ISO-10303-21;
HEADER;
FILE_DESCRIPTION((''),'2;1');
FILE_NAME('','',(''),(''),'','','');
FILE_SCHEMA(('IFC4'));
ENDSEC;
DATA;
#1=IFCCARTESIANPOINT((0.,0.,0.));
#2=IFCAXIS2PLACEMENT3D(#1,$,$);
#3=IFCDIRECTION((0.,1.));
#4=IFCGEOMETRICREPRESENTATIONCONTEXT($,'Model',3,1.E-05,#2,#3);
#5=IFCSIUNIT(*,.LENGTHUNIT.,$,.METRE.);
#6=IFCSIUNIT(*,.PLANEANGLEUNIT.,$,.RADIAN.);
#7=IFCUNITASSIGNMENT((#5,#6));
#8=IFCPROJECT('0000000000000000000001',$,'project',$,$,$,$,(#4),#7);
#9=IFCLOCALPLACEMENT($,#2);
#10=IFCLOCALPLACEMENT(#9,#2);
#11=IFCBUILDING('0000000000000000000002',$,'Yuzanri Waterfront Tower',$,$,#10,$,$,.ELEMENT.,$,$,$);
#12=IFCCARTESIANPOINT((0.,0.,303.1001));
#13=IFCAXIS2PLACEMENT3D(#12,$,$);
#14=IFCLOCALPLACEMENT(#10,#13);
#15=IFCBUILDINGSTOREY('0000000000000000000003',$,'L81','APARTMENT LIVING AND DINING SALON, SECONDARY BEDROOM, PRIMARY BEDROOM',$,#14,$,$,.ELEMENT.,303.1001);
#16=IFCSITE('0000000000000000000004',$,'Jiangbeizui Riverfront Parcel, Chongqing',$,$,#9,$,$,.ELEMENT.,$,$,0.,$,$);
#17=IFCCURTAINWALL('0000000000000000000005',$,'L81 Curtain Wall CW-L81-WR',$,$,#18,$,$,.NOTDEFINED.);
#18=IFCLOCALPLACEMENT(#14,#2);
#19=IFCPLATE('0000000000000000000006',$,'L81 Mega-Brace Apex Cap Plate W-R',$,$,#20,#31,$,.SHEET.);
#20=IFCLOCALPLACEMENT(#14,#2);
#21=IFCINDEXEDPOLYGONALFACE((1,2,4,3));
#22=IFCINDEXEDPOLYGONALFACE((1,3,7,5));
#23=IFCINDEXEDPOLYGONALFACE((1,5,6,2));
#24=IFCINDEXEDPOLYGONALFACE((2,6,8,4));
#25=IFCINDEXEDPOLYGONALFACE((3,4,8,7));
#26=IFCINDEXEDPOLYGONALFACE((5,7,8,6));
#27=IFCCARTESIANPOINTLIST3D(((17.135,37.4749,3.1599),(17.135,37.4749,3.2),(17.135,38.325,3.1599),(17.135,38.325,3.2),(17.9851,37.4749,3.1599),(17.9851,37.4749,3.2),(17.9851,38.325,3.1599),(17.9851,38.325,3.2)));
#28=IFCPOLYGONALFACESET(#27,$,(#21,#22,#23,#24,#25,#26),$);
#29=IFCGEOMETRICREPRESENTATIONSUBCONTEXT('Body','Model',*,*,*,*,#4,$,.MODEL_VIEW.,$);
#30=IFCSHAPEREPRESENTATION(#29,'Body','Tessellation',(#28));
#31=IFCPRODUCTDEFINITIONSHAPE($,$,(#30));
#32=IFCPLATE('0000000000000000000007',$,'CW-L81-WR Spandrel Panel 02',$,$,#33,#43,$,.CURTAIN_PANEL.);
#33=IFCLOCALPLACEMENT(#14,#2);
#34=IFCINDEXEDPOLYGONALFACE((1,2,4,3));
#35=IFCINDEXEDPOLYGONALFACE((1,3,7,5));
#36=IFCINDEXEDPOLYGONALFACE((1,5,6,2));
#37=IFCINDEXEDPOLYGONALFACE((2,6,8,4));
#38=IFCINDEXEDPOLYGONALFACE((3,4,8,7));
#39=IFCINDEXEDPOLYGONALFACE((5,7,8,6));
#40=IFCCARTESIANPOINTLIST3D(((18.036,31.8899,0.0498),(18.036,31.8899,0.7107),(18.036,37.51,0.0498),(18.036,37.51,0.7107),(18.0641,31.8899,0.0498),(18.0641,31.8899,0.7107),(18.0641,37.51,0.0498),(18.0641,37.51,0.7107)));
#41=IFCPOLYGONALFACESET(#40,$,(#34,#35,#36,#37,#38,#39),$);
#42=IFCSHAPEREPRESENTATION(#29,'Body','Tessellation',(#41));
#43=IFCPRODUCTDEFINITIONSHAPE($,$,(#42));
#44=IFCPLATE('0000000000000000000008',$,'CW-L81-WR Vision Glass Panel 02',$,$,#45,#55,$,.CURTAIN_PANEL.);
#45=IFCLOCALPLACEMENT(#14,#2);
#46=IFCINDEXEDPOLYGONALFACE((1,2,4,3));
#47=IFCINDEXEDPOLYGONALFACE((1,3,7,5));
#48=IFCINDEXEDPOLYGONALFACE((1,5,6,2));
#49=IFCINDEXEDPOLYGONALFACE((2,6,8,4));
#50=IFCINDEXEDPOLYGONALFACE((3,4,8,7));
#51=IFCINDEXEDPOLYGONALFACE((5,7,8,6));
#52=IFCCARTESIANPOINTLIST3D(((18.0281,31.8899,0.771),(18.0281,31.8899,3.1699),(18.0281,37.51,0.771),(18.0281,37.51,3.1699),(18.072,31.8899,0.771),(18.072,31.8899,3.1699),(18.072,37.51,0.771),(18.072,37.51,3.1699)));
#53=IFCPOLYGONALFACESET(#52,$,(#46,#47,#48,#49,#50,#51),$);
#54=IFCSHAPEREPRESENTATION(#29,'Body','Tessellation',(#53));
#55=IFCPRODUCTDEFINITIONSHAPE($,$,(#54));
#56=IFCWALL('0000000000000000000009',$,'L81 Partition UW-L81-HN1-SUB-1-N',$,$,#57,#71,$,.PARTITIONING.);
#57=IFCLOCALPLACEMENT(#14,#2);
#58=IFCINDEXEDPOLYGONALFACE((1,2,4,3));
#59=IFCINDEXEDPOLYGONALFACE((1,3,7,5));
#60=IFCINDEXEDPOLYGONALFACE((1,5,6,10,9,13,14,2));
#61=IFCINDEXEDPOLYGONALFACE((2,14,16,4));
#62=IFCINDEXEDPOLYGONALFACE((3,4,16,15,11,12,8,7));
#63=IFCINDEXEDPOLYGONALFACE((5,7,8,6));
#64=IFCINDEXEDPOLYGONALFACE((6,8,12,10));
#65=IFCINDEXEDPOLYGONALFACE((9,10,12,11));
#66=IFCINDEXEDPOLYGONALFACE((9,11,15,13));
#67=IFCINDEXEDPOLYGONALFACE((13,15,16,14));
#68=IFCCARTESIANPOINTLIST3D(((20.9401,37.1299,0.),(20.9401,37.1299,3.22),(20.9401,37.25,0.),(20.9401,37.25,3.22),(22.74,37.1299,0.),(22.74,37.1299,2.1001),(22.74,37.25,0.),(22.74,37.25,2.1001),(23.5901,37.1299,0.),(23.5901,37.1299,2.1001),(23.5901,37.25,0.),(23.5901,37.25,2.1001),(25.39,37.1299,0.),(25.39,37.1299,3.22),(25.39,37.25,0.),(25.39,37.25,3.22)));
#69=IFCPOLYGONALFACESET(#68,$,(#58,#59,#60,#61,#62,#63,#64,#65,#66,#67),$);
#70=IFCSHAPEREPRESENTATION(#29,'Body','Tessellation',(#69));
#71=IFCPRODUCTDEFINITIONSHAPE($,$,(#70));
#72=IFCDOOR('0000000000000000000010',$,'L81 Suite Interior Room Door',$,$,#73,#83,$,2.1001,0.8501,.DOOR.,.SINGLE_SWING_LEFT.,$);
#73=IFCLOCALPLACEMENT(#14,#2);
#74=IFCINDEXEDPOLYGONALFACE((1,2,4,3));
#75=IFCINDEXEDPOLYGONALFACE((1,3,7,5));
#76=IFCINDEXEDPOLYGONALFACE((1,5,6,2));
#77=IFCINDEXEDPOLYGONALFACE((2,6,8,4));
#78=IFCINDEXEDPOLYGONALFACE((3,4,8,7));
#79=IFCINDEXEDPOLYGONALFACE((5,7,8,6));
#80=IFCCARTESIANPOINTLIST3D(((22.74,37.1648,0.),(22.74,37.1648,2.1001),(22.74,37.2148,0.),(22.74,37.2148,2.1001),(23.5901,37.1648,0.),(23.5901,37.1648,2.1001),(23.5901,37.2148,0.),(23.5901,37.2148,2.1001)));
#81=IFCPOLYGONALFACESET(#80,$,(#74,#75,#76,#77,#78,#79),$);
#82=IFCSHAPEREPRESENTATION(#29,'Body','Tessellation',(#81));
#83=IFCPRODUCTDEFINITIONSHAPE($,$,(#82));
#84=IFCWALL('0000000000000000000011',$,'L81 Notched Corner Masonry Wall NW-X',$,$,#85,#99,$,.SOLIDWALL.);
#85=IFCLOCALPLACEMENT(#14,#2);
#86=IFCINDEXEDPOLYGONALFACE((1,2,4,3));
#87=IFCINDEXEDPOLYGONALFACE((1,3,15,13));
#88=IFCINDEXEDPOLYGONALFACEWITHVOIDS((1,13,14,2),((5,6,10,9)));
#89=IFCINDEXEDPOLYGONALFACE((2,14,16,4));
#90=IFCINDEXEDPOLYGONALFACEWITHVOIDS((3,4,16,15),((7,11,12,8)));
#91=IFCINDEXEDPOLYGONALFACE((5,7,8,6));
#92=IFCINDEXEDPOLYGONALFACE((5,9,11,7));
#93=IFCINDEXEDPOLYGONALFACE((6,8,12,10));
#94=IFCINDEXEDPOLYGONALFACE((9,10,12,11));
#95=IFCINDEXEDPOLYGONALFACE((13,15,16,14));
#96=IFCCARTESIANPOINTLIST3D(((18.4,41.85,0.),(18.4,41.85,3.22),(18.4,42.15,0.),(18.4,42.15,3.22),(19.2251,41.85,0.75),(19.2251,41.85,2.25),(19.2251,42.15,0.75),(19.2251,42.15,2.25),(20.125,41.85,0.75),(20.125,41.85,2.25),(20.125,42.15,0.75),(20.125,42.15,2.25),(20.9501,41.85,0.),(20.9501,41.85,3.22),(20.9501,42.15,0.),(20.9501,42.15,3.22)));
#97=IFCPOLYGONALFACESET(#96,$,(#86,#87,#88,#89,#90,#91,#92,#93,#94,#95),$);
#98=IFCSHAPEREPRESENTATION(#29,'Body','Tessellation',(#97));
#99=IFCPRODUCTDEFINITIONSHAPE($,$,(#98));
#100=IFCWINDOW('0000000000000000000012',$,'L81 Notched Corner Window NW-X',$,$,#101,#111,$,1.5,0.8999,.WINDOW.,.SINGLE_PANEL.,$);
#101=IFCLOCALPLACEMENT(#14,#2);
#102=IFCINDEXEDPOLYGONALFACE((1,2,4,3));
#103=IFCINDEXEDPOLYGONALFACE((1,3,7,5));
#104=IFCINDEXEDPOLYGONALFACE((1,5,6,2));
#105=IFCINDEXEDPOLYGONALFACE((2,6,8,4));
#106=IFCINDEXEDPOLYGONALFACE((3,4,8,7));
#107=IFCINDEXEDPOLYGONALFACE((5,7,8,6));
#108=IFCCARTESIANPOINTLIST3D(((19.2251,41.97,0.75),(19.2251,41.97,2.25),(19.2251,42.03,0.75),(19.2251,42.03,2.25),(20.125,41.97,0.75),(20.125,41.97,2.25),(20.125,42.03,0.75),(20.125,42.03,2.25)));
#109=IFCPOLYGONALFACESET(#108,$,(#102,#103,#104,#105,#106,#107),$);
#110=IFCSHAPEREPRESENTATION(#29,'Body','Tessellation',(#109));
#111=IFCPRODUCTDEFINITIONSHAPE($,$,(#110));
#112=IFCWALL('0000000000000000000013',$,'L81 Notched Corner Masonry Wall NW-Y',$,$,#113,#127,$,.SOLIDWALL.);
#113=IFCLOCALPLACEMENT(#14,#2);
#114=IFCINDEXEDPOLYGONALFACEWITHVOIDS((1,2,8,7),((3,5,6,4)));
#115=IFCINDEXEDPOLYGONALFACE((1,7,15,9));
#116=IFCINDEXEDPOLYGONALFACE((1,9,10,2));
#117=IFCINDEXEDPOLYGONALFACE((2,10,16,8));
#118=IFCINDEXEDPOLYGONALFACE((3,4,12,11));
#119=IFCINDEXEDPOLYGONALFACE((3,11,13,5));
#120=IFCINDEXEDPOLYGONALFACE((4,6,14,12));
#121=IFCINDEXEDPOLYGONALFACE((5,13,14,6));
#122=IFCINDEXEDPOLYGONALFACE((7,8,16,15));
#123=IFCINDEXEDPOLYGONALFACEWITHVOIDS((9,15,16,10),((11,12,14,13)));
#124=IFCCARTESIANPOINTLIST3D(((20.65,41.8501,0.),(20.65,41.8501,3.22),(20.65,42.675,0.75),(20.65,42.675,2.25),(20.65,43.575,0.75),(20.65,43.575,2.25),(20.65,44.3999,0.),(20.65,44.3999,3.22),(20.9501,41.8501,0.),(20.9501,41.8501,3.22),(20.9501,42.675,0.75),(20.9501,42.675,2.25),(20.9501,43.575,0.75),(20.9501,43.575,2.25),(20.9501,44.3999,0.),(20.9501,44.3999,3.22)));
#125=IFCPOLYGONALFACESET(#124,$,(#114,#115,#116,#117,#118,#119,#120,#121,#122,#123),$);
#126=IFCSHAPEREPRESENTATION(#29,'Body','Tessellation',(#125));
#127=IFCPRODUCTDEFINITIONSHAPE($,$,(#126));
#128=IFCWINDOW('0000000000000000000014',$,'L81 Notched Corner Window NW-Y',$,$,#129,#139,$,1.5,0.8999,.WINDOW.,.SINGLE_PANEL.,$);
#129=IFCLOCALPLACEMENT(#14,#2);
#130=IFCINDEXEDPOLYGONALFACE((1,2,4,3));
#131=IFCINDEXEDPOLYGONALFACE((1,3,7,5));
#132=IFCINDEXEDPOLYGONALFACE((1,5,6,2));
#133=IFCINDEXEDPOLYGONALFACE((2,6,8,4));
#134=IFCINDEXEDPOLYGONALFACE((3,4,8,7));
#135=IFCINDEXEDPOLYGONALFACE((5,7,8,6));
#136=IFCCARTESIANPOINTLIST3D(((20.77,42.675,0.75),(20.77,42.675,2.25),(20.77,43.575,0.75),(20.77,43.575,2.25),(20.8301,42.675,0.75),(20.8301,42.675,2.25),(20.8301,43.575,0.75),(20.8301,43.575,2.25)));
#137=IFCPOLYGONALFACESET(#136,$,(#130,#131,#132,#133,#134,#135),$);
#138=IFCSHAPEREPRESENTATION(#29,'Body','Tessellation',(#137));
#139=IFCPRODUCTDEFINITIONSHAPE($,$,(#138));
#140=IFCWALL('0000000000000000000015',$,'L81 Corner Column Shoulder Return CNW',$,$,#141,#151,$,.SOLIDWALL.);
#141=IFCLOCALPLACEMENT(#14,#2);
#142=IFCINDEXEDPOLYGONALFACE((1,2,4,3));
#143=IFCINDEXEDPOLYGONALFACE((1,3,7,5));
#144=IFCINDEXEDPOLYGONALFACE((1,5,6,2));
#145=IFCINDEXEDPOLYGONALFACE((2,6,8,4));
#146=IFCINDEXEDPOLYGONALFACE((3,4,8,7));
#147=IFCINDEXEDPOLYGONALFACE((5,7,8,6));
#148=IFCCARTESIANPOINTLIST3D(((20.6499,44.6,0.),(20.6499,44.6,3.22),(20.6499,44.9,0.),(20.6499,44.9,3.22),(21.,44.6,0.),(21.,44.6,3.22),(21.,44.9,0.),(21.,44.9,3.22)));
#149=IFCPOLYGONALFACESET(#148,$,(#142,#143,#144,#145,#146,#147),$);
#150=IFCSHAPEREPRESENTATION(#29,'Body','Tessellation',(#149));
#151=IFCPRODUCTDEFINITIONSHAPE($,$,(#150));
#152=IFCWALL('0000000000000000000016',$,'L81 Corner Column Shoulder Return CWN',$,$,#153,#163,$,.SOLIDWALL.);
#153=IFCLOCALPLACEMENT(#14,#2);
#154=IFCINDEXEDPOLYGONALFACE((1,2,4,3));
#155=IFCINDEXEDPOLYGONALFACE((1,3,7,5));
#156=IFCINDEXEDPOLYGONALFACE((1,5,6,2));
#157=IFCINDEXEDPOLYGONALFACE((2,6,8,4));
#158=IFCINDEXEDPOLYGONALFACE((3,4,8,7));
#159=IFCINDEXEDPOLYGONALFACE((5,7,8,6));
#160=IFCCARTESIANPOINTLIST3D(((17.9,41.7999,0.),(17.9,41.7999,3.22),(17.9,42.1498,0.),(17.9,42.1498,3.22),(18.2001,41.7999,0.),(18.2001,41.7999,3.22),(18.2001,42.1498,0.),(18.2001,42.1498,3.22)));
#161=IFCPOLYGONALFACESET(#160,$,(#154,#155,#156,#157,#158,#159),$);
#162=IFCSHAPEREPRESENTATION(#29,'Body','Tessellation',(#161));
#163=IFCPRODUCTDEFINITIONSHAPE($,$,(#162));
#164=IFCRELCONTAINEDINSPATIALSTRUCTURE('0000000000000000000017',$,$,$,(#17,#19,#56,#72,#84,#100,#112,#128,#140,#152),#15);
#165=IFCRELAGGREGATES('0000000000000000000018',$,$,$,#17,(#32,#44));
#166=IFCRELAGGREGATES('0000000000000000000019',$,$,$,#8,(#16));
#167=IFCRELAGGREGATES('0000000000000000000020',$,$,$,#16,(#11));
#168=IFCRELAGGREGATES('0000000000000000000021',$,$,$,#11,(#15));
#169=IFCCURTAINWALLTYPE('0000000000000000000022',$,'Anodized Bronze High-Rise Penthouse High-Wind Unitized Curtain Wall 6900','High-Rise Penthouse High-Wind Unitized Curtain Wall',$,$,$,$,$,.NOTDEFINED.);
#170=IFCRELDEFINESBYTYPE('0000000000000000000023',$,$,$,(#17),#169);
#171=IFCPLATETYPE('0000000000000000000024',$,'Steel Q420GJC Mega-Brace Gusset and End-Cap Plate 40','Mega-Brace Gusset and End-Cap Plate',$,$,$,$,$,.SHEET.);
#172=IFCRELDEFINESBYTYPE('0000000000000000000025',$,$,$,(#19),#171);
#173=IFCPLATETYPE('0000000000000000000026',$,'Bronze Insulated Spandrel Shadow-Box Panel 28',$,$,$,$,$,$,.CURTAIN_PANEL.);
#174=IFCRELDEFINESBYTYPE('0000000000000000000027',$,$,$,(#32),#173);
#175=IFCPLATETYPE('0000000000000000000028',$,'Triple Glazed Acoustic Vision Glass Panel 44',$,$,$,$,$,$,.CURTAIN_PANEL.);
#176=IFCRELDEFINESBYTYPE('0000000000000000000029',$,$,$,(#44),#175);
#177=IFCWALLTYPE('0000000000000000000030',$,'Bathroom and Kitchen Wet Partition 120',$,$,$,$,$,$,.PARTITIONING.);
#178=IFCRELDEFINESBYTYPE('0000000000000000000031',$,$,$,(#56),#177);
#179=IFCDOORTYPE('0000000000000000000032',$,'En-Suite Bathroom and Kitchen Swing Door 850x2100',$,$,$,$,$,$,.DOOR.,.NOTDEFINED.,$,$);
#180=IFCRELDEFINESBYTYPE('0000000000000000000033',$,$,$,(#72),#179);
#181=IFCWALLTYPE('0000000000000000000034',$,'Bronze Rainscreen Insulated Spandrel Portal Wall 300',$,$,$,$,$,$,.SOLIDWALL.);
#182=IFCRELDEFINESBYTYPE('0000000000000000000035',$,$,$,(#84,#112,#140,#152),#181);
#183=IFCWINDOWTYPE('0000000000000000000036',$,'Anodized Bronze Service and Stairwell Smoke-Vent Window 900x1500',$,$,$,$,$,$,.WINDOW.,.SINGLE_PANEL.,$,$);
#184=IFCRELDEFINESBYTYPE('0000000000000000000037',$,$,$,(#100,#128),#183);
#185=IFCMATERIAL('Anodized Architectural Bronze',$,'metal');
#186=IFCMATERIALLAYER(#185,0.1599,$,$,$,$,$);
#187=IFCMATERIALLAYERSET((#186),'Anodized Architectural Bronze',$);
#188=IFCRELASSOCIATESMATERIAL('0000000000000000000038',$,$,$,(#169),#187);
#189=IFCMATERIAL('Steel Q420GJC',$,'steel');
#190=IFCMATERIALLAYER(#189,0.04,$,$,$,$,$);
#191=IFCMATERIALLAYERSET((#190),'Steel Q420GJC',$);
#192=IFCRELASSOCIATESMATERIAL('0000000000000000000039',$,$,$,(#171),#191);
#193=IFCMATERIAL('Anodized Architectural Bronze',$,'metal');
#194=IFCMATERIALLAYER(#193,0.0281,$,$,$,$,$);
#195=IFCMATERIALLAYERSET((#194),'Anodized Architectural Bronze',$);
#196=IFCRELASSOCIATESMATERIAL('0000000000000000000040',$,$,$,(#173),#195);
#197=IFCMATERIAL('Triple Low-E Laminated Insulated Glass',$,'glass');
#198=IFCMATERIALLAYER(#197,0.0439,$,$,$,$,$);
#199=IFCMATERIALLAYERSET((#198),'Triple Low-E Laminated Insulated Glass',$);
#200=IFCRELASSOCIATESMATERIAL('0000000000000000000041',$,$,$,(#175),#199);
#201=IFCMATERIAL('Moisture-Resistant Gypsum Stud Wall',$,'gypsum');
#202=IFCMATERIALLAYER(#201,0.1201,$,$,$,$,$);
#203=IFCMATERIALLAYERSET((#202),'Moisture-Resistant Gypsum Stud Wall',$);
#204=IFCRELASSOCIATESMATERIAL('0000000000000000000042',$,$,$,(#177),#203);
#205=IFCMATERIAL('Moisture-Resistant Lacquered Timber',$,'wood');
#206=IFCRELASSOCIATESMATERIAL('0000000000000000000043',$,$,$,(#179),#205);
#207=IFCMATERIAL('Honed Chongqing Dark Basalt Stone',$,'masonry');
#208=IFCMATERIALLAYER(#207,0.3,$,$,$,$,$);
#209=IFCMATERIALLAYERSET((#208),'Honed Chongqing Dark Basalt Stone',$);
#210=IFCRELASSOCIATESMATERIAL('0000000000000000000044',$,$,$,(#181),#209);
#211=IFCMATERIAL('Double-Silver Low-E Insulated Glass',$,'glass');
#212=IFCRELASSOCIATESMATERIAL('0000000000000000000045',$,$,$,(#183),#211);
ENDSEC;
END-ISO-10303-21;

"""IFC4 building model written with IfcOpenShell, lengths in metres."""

from ifc_helpers import new_model, si_unit, direction, frame, frame_2d, origin, origin_2d, place, context, subcontext, project, spatial, rectangle, extrude, source, transform, mapped, material, layer, layer_set, type_object, element, fill, aggregate, save


model = new_model("IFC4")

# Units and contexts
model_context = context("Model", 3, precision=1e-05, world=origin(), true_north=direction((0.0, 1.0)))
body_context = subcontext(model_context, "Body", "Model", "MODEL_VIEW")
ifc_project = project(units=[si_unit("LENGTHUNIT", "METRE"), si_unit("PLANEANGLEUNIT", "RADIAN")], contexts=[model_context])

# Site, building, storey
site_placement = place(None, origin())
site = spatial("IfcSite", under=ifc_project, at=site_placement, Name="Jiangbeizui Riverfront Parcel, Chongqing", CompositionType="ELEMENT", RefElevation=0.0)
building_placement = place(site_placement, origin())
building = spatial("IfcBuilding", under=site, at=building_placement, Name="Yuzanri Waterfront Tower", CompositionType="ELEMENT")
storey_placement = place(building_placement, frame((0.0, 0.0, 303.1001)))
storey = spatial("IfcBuildingStorey", under=building, at=storey_placement, Name="L81", Description="APARTMENT LIVING AND DINING SALON, SECONDARY BEDROOM, PRIMARY BEDROOM", CompositionType="ELEMENT", Elevation=303.1001)

# Shared definitions
ifc_material_1 = material(Name="Anodized Architectural Bronze", Category="metal")
ifc_layer_1 = layer(ifc_material_1, 0.1599)
ifc_layer_set_1 = layer_set([ifc_layer_1], Name="Anodized Architectural Bronze")
curtain_wall_type = type_object("IfcCurtainWallType", Name="Anodized Bronze High-Rise Penthouse High-Wind Unitized Curtain Wall 6900", Description="High-Rise Penthouse High-Wind Unitized Curtain Wall", PredefinedType="NOTDEFINED", material=ifc_layer_set_1)

# Curtain wall
curtain_wall_1_placement = place(storey_placement, origin())
curtain_wall_1 = element("IfcCurtainWall", 1, at=curtain_wall_1_placement, inside=storey, type_object=curtain_wall_type, Name="L81 Curtain Wall CW-L81-WR", PredefinedType="NOTDEFINED")

# Plate
ifc_material_2 = material(Name="Steel Q420GJC", Category="steel")
ifc_layer_2 = layer(ifc_material_2, 0.04)
ifc_layer_set_2 = layer_set([ifc_layer_2], Name="Steel Q420GJC")
plate_type_1 = type_object("IfcPlateType", Name="Steel Q420GJC Mega-Brace Gusset and End-Cap Plate 40", Description="Mega-Brace Gusset and End-Cap Plate", PredefinedType="SHEET", material=ifc_layer_set_2)
shared_shape_1 = source(origin(), body_context, "Body", "SweptSolid", [
    extrude(rectangle(XDim=0.8501, YDim=0.8501, at=origin_2d()), origin(), (0.0, 0.0, 1.0), 0.04),
])
for number, where, z_axis, x_axis, name in (
    (2, (17.5601, 37.8999, 3.1599), (0.0, 0.0, 1.0), (1.0, 0.0, 0.0), "L81 Mega-Brace Apex Cap Plate W-R"),
):
    element("IfcPlate", number, at=place(storey_placement, frame(where, z_axis=z_axis, x_axis=x_axis)), inside=storey, type_object=plate_type_1, Name=name, PredefinedType="SHEET", context=body_context, shape_type="MappedRepresentation", body=[
        mapped(shared_shape_1, transform((0.0, 0.0, 0.0), scale=1.0)),
    ])

# Plates
ifc_material_3 = material(Name="Anodized Architectural Bronze", Category="metal")
ifc_layer_3 = layer(ifc_material_3, 0.0281)
ifc_layer_set_3 = layer_set([ifc_layer_3], Name="Anodized Architectural Bronze")
plate_type_2 = type_object("IfcPlateType", Name="Bronze Insulated Spandrel Shadow-Box Panel 28", PredefinedType="CURTAIN_PANEL", material=ifc_layer_set_3)
shared_shape_2 = source(origin(), body_context, "Body", "SweptSolid", [
    extrude(rectangle(XDim=5.6201, YDim=0.0281, at=origin_2d()), origin(), (0.0, 0.0, 1.0), 0.6609),
])
plate_1_placement = place(storey_placement, frame((18.05, 34.7, 0.0498), z_axis=(0.0, 0.0, 1.0), x_axis=(0.0, 1.0, 0.0)))
plate_1 = element("IfcPlate", 3, at=plate_1_placement, type_object=plate_type_2, Name="CW-L81-WR Spandrel Panel 02", PredefinedType="CURTAIN_PANEL", context=body_context, shape_type="MappedRepresentation", body=[
    mapped(shared_shape_2, transform((0.0, 0.0, 0.0), scale=1.0)),
])
ifc_material_4 = material(Name="Triple Low-E Laminated Insulated Glass", Category="glass")
ifc_layer_4 = layer(ifc_material_4, 0.0439)
ifc_layer_set_4 = layer_set([ifc_layer_4], Name="Triple Low-E Laminated Insulated Glass")
plate_type_3 = type_object("IfcPlateType", Name="Triple Glazed Acoustic Vision Glass Panel 44", PredefinedType="CURTAIN_PANEL", material=ifc_layer_set_4)
shared_shape_3 = source(origin(), body_context, "Body", "SweptSolid", [
    extrude(rectangle(XDim=5.6201, YDim=0.0439, at=origin_2d()), origin(), (0.0, 0.0, 1.0), 2.3989),
])
plate_2_placement = place(storey_placement, frame((18.05, 34.7, 0.771), z_axis=(0.0, 0.0, 1.0), x_axis=(0.0, 1.0, 0.0)))
plate_2 = element("IfcPlate", 4, at=plate_2_placement, type_object=plate_type_3, Name="CW-L81-WR Vision Glass Panel 02", PredefinedType="CURTAIN_PANEL", context=body_context, shape_type="MappedRepresentation", body=[
    mapped(shared_shape_3, transform((0.0, 0.0, 0.0), scale=1.0)),
])
aggregate(curtain_wall_1, [plate_1, plate_2])

# Wall, opening, door
ifc_material_5 = material(Name="Moisture-Resistant Gypsum Stud Wall", Category="gypsum")
ifc_layer_5 = layer(ifc_material_5, 0.1201)
ifc_layer_set_5 = layer_set([ifc_layer_5], Name="Moisture-Resistant Gypsum Stud Wall")
wall_type_1 = type_object("IfcWallType", Name="Bathroom and Kitchen Wet Partition 120", PredefinedType="PARTITIONING", material=ifc_layer_set_5)
wall_1_placement = place(storey_placement, frame((20.9399, 37.1899, 0.0), z_axis=(0.0, 0.0, 1.0), x_axis=(1.0, 0.0, 0.0)))
wall_1 = element("IfcWall", 5, at=wall_1_placement, inside=storey, type_object=wall_type_1, Name="L81 Partition UW-L81-HN1-SUB-1-N", PredefinedType="PARTITIONING", context=body_context, shape_type="SweptSolid", body=[
    extrude(rectangle(XDim=4.45, YDim=0.1201, at=frame_2d((2.2251, 0.0))), origin(), (0.0, 0.0, 1.0), 3.22),
])
opening_1_placement = place(wall_1_placement, frame((1.8, 0.0, 0.0)))
opening_1 = element("IfcOpeningElement", 6, at=opening_1_placement, cuts=wall_1, PredefinedType="OPENING", context=body_context, shape_type="SweptSolid", body=[
    extrude(rectangle(XDim=0.8501, YDim=2.1001, at=frame_2d((0.425, 1.05))), frame((0.0, 0.075, 0.0), z_axis=(0.0, -1.0, 0.0), x_axis=(1.0, 0.0, 0.0)), (0.0, 0.0, 1.0), 0.1499),
])
ifc_material_6 = material(Name="Moisture-Resistant Lacquered Timber", Category="wood")
door_type = type_object("IfcDoorType", Name="En-Suite Bathroom and Kitchen Swing Door 850x2100", OperationType="NOTDEFINED", PredefinedType="DOOR", material=ifc_material_6)
shared_shape_4 = source(origin(), body_context, "Body", "SweptSolid", [
    extrude(rectangle(XDim=0.8501, YDim=2.1001, at=frame_2d((0.425, 1.05))), frame((0.0, 0.0249, 0.0), z_axis=(0.0, -1.0, 0.0), x_axis=(1.0, 0.0, 0.0)), (0.0, 0.0, 1.0), 0.05),
])
door_placement = place(opening_1_placement, origin())
door = element("IfcDoor", 7, at=door_placement, inside=storey, type_object=door_type, Name="L81 Suite Interior Room Door", OperationType="SINGLE_SWING_LEFT", OverallHeight=2.1001, OverallWidth=0.8501, PredefinedType="DOOR", context=body_context, shape_type="MappedRepresentation", body=[
    mapped(shared_shape_4, transform((0.0, 0.0, 0.0), scale=1.0)),
])
fill(opening_1, door)

# Walls, openings, windows
ifc_material_7 = material(Name="Honed Chongqing Dark Basalt Stone", Category="masonry")
ifc_layer_6 = layer(ifc_material_7, 0.3)
ifc_layer_set_6 = layer_set([ifc_layer_6], Name="Honed Chongqing Dark Basalt Stone")
wall_type_2 = type_object("IfcWallType", Name="Bronze Rainscreen Insulated Spandrel Portal Wall 300", PredefinedType="SOLIDWALL", material=ifc_layer_set_6)
wall_2_placement = place(storey_placement, frame((20.95, 42.0, 0.0), z_axis=(0.0, 0.0, 1.0), x_axis=(-1.0, 0.0, 0.0)))
wall_2 = element("IfcWall", 8, at=wall_2_placement, inside=storey, type_object=wall_type_2, Name="L81 Notched Corner Masonry Wall NW-X", PredefinedType="SOLIDWALL", context=body_context, shape_type="SweptSolid", body=[
    extrude(rectangle(XDim=2.55, YDim=0.3, at=frame_2d((1.2749, 0.0))), origin(), (0.0, 0.0, 1.0), 3.22),
])
opening_2_placement = place(wall_2_placement, frame((0.825, 0.0, 0.75)))
opening_2 = element("IfcOpeningElement", 9, at=opening_2_placement, cuts=wall_2, PredefinedType="OPENING", context=body_context, shape_type="SweptSolid", body=[
    extrude(rectangle(XDim=0.8999, YDim=1.5, at=frame_2d((0.45, 0.75))), frame((0.0, 0.165, 0.0), z_axis=(0.0, -1.0, 0.0), x_axis=(1.0, 0.0, 0.0)), (0.0, 0.0, 1.0), 0.3298),
])
ifc_material_8 = material(Name="Double-Silver Low-E Insulated Glass", Category="glass")
window_type = type_object("IfcWindowType", Name="Anodized Bronze Service and Stairwell Smoke-Vent Window 900x1500", PartitioningType="SINGLE_PANEL", PredefinedType="WINDOW", material=ifc_material_8)
shared_shape_5 = source(origin(), body_context, "Body", "SweptSolid", [
    extrude(rectangle(XDim=0.8999, YDim=1.5, at=frame_2d((0.45, 0.75))), frame((0.0, 0.03, 0.0), z_axis=(0.0, -1.0, 0.0), x_axis=(1.0, 0.0, 0.0)), (0.0, 0.0, 1.0), 0.0601),
])
window_1_placement = place(opening_2_placement, origin())
window_1 = element("IfcWindow", 10, at=window_1_placement, inside=storey, type_object=window_type, Name="L81 Notched Corner Window NW-X", OverallHeight=1.5, OverallWidth=0.8999, PartitioningType="SINGLE_PANEL", PredefinedType="WINDOW", context=body_context, shape_type="MappedRepresentation", body=[
    mapped(shared_shape_5, transform((0.0, 0.0, 0.0), scale=1.0)),
])
fill(opening_2, window_1)
wall_3_placement = place(storey_placement, frame((20.8, 44.3999, 0.0), z_axis=(0.0, 0.0, 1.0), x_axis=(0.0, -1.0, 0.0)))
wall_3 = element("IfcWall", 11, at=wall_3_placement, inside=storey, type_object=wall_type_2, Name="L81 Notched Corner Masonry Wall NW-Y", PredefinedType="SOLIDWALL", context=body_context, shape_type="SweptSolid", body=[
    extrude(rectangle(XDim=2.5498, YDim=0.3, at=frame_2d((1.2749, 0.0))), origin(), (0.0, 0.0, 1.0), 3.22),
])
opening_3_placement = place(wall_3_placement, frame((0.825, 0.0, 0.75)))
opening_3 = element("IfcOpeningElement", 12, at=opening_3_placement, cuts=wall_3, PredefinedType="OPENING", context=body_context, shape_type="SweptSolid", body=[
    extrude(rectangle(XDim=0.8999, YDim=1.5, at=frame_2d((0.45, 0.75))), frame((0.0, 0.165, 0.0), z_axis=(0.0, -1.0, 0.0), x_axis=(1.0, 0.0, 0.0)), (0.0, 0.0, 1.0), 0.3298),
])
window_2_placement = place(opening_3_placement, origin())
window_2 = element("IfcWindow", 13, at=window_2_placement, inside=storey, type_object=window_type, Name="L81 Notched Corner Window NW-Y", OverallHeight=1.5, OverallWidth=0.8999, PartitioningType="SINGLE_PANEL", PredefinedType="WINDOW", context=body_context, shape_type="MappedRepresentation", body=[
    mapped(shared_shape_5, transform((0.0, 0.0, 0.0), scale=1.0)),
])
fill(opening_3, window_2)

# Walls
shared_shape_6 = source(origin(), body_context, "Body", "SweptSolid", [
    extrude(rectangle(XDim=0.3501, YDim=0.3, at=frame_2d((0.175, 0.0))), origin(), (0.0, 0.0, 1.0), 3.22),
])
wall_4_placement = place(storey_placement, frame((20.6499, 44.75, 0.0), z_axis=(0.0, 0.0, 1.0), x_axis=(1.0, 0.0, 0.0)))
element("IfcWall", 14, at=wall_4_placement, inside=storey, type_object=wall_type_2, Name="L81 Corner Column Shoulder Return CNW", PredefinedType="SOLIDWALL", context=body_context, shape_type="MappedRepresentation", body=[
    mapped(shared_shape_6, transform((0.0, 0.0, 0.0), scale=1.0)),
])
shared_shape_7 = source(origin(), body_context, "Body", "SweptSolid", [
    extrude(rectangle(XDim=0.3499, YDim=0.3, at=frame_2d((0.1748, 0.0))), origin(), (0.0, 0.0, 1.0), 3.22),
])
wall_5_placement = place(storey_placement, frame((18.05, 41.8, 0.0), z_axis=(0.0, 0.0, 1.0), x_axis=(0.0, 1.0, 0.0)))
element("IfcWall", 15, at=wall_5_placement, inside=storey, type_object=wall_type_2, Name="L81 Corner Column Shoulder Return CWN", PredefinedType="SOLIDWALL", context=body_context, shape_type="MappedRepresentation", body=[
    mapped(shared_shape_7, transform((0.0, 0.0, 0.0), scale=1.0)),
])

save(model, "model.ifc")
